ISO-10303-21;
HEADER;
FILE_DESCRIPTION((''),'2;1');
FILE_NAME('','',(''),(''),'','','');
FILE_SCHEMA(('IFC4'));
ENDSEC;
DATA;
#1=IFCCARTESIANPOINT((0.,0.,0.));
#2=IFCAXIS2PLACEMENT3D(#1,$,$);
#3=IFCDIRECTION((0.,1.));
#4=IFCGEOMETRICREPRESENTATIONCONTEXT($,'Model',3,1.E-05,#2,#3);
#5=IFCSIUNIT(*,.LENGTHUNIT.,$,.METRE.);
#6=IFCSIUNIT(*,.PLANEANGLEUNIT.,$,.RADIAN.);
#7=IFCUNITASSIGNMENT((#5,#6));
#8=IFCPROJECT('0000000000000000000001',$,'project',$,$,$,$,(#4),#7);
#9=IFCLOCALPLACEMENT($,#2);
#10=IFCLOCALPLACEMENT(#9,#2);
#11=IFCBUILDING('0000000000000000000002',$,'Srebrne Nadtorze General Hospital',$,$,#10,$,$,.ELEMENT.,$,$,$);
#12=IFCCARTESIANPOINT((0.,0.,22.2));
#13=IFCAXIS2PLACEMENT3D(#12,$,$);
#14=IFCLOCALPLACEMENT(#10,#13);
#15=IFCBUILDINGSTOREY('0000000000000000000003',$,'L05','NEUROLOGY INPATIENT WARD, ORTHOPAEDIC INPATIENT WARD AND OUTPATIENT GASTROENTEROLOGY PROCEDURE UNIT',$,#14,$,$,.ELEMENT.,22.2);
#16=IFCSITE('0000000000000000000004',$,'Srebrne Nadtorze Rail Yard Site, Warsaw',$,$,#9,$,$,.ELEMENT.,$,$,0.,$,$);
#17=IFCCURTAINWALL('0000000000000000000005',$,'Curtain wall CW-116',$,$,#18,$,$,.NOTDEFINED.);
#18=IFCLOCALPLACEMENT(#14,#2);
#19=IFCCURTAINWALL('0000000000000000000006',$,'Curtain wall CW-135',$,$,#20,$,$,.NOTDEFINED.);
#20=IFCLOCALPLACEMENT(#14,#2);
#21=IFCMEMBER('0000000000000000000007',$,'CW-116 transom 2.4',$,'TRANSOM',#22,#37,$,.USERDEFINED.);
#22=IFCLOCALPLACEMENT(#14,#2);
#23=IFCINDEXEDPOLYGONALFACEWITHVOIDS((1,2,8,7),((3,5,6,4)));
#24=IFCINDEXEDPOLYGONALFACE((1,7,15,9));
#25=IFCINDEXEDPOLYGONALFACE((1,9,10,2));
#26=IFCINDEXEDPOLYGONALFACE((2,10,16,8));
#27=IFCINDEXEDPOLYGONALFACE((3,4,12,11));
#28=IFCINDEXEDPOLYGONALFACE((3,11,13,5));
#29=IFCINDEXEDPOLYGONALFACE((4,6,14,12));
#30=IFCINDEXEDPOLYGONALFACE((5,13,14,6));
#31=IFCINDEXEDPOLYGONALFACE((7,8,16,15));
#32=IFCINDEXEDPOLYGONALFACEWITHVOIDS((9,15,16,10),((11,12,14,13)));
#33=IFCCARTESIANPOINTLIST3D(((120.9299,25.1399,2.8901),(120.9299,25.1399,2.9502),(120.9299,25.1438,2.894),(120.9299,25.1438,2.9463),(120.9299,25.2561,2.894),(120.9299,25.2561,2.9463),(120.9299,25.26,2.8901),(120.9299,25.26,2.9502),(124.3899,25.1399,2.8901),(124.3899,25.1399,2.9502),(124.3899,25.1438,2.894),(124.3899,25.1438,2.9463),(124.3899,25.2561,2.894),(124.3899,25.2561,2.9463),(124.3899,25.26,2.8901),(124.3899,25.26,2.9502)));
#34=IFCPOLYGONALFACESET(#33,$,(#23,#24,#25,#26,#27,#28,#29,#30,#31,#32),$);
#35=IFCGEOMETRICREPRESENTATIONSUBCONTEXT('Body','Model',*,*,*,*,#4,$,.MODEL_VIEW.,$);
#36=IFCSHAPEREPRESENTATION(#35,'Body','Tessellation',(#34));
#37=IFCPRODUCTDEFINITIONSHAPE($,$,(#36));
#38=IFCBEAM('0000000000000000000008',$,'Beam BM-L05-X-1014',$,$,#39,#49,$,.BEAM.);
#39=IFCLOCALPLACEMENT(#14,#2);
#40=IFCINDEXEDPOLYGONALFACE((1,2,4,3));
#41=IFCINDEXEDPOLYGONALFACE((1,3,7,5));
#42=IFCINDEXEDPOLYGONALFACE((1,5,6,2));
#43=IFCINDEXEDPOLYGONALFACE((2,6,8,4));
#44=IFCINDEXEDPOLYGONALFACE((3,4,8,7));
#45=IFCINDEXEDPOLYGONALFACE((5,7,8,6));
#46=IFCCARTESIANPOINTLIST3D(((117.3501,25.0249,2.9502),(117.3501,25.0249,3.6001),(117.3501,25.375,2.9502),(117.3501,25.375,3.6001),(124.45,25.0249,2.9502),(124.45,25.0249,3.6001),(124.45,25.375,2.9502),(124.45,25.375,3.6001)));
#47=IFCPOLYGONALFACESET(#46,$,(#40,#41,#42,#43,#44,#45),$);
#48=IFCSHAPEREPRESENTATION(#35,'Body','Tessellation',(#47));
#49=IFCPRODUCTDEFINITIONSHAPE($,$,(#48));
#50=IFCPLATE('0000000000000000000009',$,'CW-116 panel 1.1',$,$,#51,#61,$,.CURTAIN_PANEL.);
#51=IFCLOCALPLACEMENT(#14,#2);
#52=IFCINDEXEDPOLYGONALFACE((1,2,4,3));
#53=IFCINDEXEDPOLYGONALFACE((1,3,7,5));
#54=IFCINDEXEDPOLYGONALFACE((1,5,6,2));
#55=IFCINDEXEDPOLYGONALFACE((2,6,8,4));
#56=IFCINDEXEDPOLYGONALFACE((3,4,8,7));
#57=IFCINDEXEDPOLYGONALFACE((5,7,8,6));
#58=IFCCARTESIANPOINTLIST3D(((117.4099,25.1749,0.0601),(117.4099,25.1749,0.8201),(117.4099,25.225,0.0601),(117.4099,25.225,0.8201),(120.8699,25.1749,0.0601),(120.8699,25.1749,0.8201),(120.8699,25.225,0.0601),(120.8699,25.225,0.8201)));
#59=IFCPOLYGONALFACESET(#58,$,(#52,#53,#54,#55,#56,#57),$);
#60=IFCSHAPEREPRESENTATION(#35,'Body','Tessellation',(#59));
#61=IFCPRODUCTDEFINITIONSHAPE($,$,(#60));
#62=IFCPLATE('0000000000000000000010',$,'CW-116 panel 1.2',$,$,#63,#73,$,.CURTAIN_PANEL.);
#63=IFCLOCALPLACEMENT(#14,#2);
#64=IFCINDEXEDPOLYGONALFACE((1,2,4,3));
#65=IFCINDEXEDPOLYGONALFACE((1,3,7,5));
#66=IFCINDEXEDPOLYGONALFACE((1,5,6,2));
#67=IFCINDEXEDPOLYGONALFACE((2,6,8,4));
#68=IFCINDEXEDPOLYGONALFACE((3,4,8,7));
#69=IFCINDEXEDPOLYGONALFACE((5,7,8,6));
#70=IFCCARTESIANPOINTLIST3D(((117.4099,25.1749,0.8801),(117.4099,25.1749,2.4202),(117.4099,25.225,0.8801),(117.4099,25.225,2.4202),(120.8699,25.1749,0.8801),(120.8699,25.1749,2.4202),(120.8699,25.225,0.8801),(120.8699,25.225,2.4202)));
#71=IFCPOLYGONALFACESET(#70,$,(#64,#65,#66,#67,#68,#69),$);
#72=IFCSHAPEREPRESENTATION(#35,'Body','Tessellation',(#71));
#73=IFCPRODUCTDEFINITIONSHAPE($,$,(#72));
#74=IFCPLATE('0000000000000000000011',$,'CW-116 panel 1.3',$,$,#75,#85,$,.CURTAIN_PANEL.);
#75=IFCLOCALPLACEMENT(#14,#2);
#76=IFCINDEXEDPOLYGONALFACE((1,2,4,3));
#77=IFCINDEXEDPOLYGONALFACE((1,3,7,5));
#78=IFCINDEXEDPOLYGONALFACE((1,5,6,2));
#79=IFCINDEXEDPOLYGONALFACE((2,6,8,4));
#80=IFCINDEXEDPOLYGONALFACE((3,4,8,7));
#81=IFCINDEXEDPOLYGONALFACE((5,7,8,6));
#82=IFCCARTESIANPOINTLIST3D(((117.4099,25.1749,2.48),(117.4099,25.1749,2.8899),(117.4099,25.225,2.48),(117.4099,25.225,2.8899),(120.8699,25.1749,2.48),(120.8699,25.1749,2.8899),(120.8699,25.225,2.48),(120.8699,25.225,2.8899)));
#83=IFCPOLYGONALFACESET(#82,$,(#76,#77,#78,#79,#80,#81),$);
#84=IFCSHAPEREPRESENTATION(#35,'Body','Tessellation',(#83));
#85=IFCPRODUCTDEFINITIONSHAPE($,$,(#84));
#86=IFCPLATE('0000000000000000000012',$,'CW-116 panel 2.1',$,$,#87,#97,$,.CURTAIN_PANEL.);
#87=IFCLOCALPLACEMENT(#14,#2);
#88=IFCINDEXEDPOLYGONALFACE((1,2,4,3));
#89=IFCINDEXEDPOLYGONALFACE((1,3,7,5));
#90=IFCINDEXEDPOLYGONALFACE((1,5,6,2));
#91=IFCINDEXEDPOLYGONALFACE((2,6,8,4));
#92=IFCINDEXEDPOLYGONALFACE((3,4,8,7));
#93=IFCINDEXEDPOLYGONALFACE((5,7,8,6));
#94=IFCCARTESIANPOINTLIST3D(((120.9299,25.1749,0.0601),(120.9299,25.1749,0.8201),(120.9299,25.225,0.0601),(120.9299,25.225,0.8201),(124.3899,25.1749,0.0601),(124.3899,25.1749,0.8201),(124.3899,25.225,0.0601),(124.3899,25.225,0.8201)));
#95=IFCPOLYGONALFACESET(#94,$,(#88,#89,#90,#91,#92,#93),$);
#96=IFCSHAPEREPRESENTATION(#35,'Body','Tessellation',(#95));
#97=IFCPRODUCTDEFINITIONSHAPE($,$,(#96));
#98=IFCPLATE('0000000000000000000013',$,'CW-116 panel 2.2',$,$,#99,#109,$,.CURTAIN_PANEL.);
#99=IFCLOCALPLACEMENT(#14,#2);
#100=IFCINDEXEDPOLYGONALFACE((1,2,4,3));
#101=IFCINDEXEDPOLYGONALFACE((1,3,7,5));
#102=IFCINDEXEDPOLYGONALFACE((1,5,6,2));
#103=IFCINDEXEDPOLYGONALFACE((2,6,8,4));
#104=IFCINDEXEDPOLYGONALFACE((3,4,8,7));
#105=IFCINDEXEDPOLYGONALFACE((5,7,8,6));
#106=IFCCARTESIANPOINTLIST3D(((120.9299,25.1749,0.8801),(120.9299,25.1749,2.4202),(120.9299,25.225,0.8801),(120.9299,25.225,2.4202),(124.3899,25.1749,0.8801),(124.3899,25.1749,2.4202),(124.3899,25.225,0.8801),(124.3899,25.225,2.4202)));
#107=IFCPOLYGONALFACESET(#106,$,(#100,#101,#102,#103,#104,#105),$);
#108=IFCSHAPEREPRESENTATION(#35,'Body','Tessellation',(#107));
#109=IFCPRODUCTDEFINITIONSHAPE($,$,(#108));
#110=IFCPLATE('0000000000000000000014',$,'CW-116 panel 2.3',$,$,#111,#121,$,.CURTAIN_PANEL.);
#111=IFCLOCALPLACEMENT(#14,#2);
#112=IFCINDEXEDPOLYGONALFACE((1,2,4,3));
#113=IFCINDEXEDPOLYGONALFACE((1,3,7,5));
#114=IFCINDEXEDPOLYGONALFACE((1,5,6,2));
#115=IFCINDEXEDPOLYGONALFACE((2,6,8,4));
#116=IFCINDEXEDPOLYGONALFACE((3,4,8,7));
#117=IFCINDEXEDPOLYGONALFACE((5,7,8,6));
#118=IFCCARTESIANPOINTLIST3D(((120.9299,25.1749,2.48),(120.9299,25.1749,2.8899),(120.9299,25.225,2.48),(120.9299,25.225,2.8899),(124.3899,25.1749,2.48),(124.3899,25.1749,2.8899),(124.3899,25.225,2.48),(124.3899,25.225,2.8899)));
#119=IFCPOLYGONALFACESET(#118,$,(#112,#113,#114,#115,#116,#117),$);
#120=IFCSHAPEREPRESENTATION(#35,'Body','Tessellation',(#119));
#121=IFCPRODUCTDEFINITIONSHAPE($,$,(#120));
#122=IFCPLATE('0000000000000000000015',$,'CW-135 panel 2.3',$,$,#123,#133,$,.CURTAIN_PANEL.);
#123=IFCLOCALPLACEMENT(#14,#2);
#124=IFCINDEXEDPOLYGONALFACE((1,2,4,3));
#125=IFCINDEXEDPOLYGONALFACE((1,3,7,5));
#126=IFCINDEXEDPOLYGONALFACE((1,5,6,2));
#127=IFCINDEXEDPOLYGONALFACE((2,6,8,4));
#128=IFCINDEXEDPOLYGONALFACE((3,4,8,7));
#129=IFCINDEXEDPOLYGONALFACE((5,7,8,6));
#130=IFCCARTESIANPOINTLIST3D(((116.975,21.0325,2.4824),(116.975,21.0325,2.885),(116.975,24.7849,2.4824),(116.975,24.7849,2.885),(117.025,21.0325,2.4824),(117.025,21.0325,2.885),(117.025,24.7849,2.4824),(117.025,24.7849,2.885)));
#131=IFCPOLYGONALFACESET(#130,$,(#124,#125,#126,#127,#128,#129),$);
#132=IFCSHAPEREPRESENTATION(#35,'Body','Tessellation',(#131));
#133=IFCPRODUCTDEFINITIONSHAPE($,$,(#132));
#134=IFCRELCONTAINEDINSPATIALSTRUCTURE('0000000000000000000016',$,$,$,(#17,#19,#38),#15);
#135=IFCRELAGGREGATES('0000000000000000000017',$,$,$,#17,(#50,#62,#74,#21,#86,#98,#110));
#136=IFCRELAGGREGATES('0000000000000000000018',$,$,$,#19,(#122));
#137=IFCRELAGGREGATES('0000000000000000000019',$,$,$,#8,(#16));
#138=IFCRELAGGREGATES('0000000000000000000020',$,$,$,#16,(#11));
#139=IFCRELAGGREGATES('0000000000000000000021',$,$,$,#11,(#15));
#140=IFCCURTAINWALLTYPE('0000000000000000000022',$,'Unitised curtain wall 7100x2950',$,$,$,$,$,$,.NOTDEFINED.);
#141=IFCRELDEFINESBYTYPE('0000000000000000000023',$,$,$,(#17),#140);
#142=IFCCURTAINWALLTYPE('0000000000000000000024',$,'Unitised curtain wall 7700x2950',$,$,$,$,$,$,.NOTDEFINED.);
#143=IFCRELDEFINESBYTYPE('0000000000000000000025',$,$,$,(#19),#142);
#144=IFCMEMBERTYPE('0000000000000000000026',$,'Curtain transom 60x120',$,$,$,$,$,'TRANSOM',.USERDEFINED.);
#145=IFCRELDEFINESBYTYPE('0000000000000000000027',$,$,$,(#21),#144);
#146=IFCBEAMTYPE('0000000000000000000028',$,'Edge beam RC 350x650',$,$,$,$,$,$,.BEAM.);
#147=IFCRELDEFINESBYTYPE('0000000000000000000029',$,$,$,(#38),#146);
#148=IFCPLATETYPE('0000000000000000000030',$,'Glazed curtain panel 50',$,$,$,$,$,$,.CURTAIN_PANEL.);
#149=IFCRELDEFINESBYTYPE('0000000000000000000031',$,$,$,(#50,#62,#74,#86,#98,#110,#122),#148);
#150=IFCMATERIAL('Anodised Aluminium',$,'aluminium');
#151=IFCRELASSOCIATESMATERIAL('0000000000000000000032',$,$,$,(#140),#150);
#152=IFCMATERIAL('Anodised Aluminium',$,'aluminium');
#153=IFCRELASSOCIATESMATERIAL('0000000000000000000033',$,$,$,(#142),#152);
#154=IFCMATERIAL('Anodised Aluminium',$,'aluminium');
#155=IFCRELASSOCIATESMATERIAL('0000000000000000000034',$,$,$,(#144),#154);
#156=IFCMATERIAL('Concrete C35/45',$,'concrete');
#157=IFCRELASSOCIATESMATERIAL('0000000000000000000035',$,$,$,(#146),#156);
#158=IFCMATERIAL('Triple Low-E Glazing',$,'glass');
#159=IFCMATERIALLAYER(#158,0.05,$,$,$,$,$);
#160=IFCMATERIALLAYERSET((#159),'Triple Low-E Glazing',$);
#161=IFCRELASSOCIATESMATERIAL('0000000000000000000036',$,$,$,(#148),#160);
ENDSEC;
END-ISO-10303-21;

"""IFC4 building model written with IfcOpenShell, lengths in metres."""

from ifc_helpers import new_model, si_unit, direction, frame, origin, origin_2d, place, context, subcontext, project, spatial, rectangle, hollow_rectangle, extrude, material, layer, layer_set, material_profile, profile_set, type_object, element, aggregate, save


model = new_model("IFC4")

# Units and contexts
model_context = context("Model", 3, precision=1e-05, world=origin(), true_north=direction((0.0, 1.0)))
body_context = subcontext(model_context, "Body", "Model", "MODEL_VIEW")
ifc_project = project(units=[si_unit("LENGTHUNIT", "METRE"), si_unit("PLANEANGLEUNIT", "RADIAN")], contexts=[model_context])

# Site, building, storey
site_placement = place(None, origin())
site = spatial("IfcSite", under=ifc_project, at=site_placement, Name="Srebrne Nadtorze Rail Yard Site, Warsaw", CompositionType="ELEMENT", RefElevation=0.0)
building_placement = place(site_placement, origin())
building = spatial("IfcBuilding", under=site, at=building_placement, Name="Srebrne Nadtorze General Hospital", CompositionType="ELEMENT")
storey_placement = place(building_placement, frame((0.0, 0.0, 22.2)))
storey = spatial("IfcBuildingStorey", under=building, at=storey_placement, Name="L05", Description="NEUROLOGY INPATIENT WARD, ORTHOPAEDIC INPATIENT WARD AND OUTPATIENT GASTROENTEROLOGY PROCEDURE UNIT", CompositionType="ELEMENT", Elevation=22.2)

# Curtain wall
ifc_material_1 = material(Name="Anodised Aluminium", Category="aluminium")
curtain_wall_type_1 = type_object("IfcCurtainWallType", Name="Unitised curtain wall 7100x2950", PredefinedType="NOTDEFINED", material=ifc_material_1)
curtain_wall_1_placement = place(storey_placement, origin())
curtain_wall_1 = element("IfcCurtainWall", 1, at=curtain_wall_1_placement, inside=storey, type_object=curtain_wall_type_1, Name="Curtain wall CW-116", PredefinedType="NOTDEFINED")

# Curtain wall
ifc_material_2 = material(Name="Anodised Aluminium", Category="aluminium")
curtain_wall_type_2 = type_object("IfcCurtainWallType", Name="Unitised curtain wall 7700x2950", PredefinedType="NOTDEFINED", material=ifc_material_2)
curtain_wall_2_placement = place(storey_placement, origin())
curtain_wall_2 = element("IfcCurtainWall", 2, at=curtain_wall_2_placement, inside=storey, type_object=curtain_wall_type_2, Name="Curtain wall CW-135", PredefinedType="NOTDEFINED")

# Member
ifc_material_3 = material(Name="Anodised Aluminium", Category="aluminium")
ifc_material_profile_1 = material_profile(ifc_material_3, hollow_rectangle(XDim=0.0601, YDim=0.1201, WallThickness=0.0039, at=origin_2d()), Name="AL-TRN-60x120")
ifc_profile_set_1 = profile_set([ifc_material_profile_1], Name="Anodised Aluminium")
member_type_1 = type_object("IfcMemberType", Name="Curtain transom 60x120", ElementType="TRANSOM", PredefinedType="USERDEFINED", material=ifc_profile_set_1)
member_1_placement = place(storey_placement, frame((120.9299, 25.2, 2.9202), z_axis=(1.0, 0.0, 0.0), x_axis=(0.0, 0.0, 1.0)))
member_1 = element("IfcMember", 3, at=member_1_placement, type_object=member_type_1, Name="CW-116 transom 2.4", ObjectType="TRANSOM", PredefinedType="USERDEFINED", context=body_context, shape_type="SweptSolid", body=[
    extrude(hollow_rectangle(XDim=0.0601, YDim=0.1201, WallThickness=0.0039, at=origin_2d()), origin(), (0.0, 0.0, 1.0), 3.46),
])

# Beam
ifc_material_4 = material(Name="Concrete C35/45", Category="concrete")
ifc_material_profile_2 = material_profile(ifc_material_4, rectangle(XDim=0.3501, YDim=0.6499, at=origin_2d()), Name="RC-BM-350x650")
ifc_profile_set_2 = profile_set([ifc_material_profile_2], Name="Concrete C35/45")
beam_type = type_object("IfcBeamType", Name="Edge beam RC 350x650", PredefinedType="BEAM", material=ifc_profile_set_2)
beam_placement = place(storey_placement, frame((117.3501, 25.2, 3.2751), z_axis=(1.0, 0.0, 0.0), x_axis=(0.0, 1.0, 0.0)))
element("IfcBeam", 4, at=beam_placement, inside=storey, type_object=beam_type, Name="Beam BM-L05-X-1014", PredefinedType="BEAM", context=body_context, shape_type="SweptSolid", body=[
    extrude(rectangle(XDim=0.3501, YDim=0.6499, at=origin_2d()), origin(), (0.0, 0.0, 1.0), 7.0999),
])

# Plates
ifc_material_5 = material(Name="Triple Low-E Glazing", Category="glass")
ifc_layer = layer(ifc_material_5, 0.05)
ifc_layer_set = layer_set([ifc_layer], Name="Triple Low-E Glazing")
plate_type = type_object("IfcPlateType", Name="Glazed curtain panel 50", PredefinedType="CURTAIN_PANEL", material=ifc_layer_set)
plate_1_placement = place(storey_placement, frame((119.1399, 25.2, 0.0601), z_axis=(0.0, 0.0, 1.0), x_axis=(1.0, 0.0, 0.0)))
plate_1 = element("IfcPlate", 5, at=plate_1_placement, type_object=plate_type, Name="CW-116 panel 1.1", PredefinedType="CURTAIN_PANEL", context=body_context, shape_type="SweptSolid", body=[
    extrude(rectangle(XDim=3.46, YDim=0.05, at=origin_2d()), origin(), (0.0, 0.0, 1.0), 0.76),
])
plate_2_placement = place(storey_placement, frame((119.1399, 25.2, 0.8801), z_axis=(0.0, 0.0, 1.0), x_axis=(1.0, 0.0, 0.0)))
plate_2 = element("IfcPlate", 6, at=plate_2_placement, type_object=plate_type, Name="CW-116 panel 1.2", PredefinedType="CURTAIN_PANEL", context=body_context, shape_type="SweptSolid", body=[
    extrude(rectangle(XDim=3.46, YDim=0.05, at=origin_2d()), origin(), (0.0, 0.0, 1.0), 1.54),
])
plate_3_placement = place(storey_placement, frame((119.1399, 25.2, 2.48), z_axis=(0.0, 0.0, 1.0), x_axis=(1.0, 0.0, 0.0)))
plate_3 = element("IfcPlate", 7, at=plate_3_placement, type_object=plate_type, Name="CW-116 panel 1.3", PredefinedType="CURTAIN_PANEL", context=body_context, shape_type="SweptSolid", body=[
    extrude(rectangle(XDim=3.46, YDim=0.05, at=origin_2d()), origin(), (0.0, 0.0, 1.0), 0.4099),
])
plate_4_placement = place(storey_placement, frame((122.6599, 25.2, 0.0601), z_axis=(0.0, 0.0, 1.0), x_axis=(1.0, 0.0, 0.0)))
plate_4 = element("IfcPlate", 8, at=plate_4_placement, type_object=plate_type, Name="CW-116 panel 2.1", PredefinedType="CURTAIN_PANEL", context=body_context, shape_type="SweptSolid", body=[
    extrude(rectangle(XDim=3.46, YDim=0.05, at=origin_2d()), origin(), (0.0, 0.0, 1.0), 0.76),
])
plate_5_placement = place(storey_placement, frame((122.6599, 25.2, 0.8801), z_axis=(0.0, 0.0, 1.0), x_axis=(1.0, 0.0, 0.0)))
plate_5 = element("IfcPlate", 9, at=plate_5_placement, type_object=plate_type, Name="CW-116 panel 2.2", PredefinedType="CURTAIN_PANEL", context=body_context, shape_type="SweptSolid", body=[
    extrude(rectangle(XDim=3.46, YDim=0.05, at=origin_2d()), origin(), (0.0, 0.0, 1.0), 1.54),
])
plate_6_placement = place(storey_placement, frame((122.6599, 25.2, 2.48), z_axis=(0.0, 0.0, 1.0), x_axis=(1.0, 0.0, 0.0)))
plate_6 = element("IfcPlate", 10, at=plate_6_placement, type_object=plate_type, Name="CW-116 panel 2.3", PredefinedType="CURTAIN_PANEL", context=body_context, shape_type="SweptSolid", body=[
    extrude(rectangle(XDim=3.46, YDim=0.05, at=origin_2d()), origin(), (0.0, 0.0, 1.0), 0.4099),
])
aggregate(curtain_wall_1, [plate_1, plate_2, plate_3, member_1, plate_4, plate_5, plate_6])
plate_7_placement = place(storey_placement, frame((117.0, 22.9087, 2.4824), z_axis=(0.0, 0.0, 1.0), x_axis=(0.0, 1.0, 0.0)))
plate_7 = element("IfcPlate", 11, at=plate_7_placement, type_object=plate_type, Name="CW-135 panel 2.3", PredefinedType="CURTAIN_PANEL", context=body_context, shape_type="SweptSolid", body=[
    extrude(rectangle(XDim=3.7524, YDim=0.05, at=origin_2d()), origin(), (0.0, 0.0, 1.0), 0.4026),
])
aggregate(curtain_wall_2, [plate_7])

save(model, "model.ifc")
